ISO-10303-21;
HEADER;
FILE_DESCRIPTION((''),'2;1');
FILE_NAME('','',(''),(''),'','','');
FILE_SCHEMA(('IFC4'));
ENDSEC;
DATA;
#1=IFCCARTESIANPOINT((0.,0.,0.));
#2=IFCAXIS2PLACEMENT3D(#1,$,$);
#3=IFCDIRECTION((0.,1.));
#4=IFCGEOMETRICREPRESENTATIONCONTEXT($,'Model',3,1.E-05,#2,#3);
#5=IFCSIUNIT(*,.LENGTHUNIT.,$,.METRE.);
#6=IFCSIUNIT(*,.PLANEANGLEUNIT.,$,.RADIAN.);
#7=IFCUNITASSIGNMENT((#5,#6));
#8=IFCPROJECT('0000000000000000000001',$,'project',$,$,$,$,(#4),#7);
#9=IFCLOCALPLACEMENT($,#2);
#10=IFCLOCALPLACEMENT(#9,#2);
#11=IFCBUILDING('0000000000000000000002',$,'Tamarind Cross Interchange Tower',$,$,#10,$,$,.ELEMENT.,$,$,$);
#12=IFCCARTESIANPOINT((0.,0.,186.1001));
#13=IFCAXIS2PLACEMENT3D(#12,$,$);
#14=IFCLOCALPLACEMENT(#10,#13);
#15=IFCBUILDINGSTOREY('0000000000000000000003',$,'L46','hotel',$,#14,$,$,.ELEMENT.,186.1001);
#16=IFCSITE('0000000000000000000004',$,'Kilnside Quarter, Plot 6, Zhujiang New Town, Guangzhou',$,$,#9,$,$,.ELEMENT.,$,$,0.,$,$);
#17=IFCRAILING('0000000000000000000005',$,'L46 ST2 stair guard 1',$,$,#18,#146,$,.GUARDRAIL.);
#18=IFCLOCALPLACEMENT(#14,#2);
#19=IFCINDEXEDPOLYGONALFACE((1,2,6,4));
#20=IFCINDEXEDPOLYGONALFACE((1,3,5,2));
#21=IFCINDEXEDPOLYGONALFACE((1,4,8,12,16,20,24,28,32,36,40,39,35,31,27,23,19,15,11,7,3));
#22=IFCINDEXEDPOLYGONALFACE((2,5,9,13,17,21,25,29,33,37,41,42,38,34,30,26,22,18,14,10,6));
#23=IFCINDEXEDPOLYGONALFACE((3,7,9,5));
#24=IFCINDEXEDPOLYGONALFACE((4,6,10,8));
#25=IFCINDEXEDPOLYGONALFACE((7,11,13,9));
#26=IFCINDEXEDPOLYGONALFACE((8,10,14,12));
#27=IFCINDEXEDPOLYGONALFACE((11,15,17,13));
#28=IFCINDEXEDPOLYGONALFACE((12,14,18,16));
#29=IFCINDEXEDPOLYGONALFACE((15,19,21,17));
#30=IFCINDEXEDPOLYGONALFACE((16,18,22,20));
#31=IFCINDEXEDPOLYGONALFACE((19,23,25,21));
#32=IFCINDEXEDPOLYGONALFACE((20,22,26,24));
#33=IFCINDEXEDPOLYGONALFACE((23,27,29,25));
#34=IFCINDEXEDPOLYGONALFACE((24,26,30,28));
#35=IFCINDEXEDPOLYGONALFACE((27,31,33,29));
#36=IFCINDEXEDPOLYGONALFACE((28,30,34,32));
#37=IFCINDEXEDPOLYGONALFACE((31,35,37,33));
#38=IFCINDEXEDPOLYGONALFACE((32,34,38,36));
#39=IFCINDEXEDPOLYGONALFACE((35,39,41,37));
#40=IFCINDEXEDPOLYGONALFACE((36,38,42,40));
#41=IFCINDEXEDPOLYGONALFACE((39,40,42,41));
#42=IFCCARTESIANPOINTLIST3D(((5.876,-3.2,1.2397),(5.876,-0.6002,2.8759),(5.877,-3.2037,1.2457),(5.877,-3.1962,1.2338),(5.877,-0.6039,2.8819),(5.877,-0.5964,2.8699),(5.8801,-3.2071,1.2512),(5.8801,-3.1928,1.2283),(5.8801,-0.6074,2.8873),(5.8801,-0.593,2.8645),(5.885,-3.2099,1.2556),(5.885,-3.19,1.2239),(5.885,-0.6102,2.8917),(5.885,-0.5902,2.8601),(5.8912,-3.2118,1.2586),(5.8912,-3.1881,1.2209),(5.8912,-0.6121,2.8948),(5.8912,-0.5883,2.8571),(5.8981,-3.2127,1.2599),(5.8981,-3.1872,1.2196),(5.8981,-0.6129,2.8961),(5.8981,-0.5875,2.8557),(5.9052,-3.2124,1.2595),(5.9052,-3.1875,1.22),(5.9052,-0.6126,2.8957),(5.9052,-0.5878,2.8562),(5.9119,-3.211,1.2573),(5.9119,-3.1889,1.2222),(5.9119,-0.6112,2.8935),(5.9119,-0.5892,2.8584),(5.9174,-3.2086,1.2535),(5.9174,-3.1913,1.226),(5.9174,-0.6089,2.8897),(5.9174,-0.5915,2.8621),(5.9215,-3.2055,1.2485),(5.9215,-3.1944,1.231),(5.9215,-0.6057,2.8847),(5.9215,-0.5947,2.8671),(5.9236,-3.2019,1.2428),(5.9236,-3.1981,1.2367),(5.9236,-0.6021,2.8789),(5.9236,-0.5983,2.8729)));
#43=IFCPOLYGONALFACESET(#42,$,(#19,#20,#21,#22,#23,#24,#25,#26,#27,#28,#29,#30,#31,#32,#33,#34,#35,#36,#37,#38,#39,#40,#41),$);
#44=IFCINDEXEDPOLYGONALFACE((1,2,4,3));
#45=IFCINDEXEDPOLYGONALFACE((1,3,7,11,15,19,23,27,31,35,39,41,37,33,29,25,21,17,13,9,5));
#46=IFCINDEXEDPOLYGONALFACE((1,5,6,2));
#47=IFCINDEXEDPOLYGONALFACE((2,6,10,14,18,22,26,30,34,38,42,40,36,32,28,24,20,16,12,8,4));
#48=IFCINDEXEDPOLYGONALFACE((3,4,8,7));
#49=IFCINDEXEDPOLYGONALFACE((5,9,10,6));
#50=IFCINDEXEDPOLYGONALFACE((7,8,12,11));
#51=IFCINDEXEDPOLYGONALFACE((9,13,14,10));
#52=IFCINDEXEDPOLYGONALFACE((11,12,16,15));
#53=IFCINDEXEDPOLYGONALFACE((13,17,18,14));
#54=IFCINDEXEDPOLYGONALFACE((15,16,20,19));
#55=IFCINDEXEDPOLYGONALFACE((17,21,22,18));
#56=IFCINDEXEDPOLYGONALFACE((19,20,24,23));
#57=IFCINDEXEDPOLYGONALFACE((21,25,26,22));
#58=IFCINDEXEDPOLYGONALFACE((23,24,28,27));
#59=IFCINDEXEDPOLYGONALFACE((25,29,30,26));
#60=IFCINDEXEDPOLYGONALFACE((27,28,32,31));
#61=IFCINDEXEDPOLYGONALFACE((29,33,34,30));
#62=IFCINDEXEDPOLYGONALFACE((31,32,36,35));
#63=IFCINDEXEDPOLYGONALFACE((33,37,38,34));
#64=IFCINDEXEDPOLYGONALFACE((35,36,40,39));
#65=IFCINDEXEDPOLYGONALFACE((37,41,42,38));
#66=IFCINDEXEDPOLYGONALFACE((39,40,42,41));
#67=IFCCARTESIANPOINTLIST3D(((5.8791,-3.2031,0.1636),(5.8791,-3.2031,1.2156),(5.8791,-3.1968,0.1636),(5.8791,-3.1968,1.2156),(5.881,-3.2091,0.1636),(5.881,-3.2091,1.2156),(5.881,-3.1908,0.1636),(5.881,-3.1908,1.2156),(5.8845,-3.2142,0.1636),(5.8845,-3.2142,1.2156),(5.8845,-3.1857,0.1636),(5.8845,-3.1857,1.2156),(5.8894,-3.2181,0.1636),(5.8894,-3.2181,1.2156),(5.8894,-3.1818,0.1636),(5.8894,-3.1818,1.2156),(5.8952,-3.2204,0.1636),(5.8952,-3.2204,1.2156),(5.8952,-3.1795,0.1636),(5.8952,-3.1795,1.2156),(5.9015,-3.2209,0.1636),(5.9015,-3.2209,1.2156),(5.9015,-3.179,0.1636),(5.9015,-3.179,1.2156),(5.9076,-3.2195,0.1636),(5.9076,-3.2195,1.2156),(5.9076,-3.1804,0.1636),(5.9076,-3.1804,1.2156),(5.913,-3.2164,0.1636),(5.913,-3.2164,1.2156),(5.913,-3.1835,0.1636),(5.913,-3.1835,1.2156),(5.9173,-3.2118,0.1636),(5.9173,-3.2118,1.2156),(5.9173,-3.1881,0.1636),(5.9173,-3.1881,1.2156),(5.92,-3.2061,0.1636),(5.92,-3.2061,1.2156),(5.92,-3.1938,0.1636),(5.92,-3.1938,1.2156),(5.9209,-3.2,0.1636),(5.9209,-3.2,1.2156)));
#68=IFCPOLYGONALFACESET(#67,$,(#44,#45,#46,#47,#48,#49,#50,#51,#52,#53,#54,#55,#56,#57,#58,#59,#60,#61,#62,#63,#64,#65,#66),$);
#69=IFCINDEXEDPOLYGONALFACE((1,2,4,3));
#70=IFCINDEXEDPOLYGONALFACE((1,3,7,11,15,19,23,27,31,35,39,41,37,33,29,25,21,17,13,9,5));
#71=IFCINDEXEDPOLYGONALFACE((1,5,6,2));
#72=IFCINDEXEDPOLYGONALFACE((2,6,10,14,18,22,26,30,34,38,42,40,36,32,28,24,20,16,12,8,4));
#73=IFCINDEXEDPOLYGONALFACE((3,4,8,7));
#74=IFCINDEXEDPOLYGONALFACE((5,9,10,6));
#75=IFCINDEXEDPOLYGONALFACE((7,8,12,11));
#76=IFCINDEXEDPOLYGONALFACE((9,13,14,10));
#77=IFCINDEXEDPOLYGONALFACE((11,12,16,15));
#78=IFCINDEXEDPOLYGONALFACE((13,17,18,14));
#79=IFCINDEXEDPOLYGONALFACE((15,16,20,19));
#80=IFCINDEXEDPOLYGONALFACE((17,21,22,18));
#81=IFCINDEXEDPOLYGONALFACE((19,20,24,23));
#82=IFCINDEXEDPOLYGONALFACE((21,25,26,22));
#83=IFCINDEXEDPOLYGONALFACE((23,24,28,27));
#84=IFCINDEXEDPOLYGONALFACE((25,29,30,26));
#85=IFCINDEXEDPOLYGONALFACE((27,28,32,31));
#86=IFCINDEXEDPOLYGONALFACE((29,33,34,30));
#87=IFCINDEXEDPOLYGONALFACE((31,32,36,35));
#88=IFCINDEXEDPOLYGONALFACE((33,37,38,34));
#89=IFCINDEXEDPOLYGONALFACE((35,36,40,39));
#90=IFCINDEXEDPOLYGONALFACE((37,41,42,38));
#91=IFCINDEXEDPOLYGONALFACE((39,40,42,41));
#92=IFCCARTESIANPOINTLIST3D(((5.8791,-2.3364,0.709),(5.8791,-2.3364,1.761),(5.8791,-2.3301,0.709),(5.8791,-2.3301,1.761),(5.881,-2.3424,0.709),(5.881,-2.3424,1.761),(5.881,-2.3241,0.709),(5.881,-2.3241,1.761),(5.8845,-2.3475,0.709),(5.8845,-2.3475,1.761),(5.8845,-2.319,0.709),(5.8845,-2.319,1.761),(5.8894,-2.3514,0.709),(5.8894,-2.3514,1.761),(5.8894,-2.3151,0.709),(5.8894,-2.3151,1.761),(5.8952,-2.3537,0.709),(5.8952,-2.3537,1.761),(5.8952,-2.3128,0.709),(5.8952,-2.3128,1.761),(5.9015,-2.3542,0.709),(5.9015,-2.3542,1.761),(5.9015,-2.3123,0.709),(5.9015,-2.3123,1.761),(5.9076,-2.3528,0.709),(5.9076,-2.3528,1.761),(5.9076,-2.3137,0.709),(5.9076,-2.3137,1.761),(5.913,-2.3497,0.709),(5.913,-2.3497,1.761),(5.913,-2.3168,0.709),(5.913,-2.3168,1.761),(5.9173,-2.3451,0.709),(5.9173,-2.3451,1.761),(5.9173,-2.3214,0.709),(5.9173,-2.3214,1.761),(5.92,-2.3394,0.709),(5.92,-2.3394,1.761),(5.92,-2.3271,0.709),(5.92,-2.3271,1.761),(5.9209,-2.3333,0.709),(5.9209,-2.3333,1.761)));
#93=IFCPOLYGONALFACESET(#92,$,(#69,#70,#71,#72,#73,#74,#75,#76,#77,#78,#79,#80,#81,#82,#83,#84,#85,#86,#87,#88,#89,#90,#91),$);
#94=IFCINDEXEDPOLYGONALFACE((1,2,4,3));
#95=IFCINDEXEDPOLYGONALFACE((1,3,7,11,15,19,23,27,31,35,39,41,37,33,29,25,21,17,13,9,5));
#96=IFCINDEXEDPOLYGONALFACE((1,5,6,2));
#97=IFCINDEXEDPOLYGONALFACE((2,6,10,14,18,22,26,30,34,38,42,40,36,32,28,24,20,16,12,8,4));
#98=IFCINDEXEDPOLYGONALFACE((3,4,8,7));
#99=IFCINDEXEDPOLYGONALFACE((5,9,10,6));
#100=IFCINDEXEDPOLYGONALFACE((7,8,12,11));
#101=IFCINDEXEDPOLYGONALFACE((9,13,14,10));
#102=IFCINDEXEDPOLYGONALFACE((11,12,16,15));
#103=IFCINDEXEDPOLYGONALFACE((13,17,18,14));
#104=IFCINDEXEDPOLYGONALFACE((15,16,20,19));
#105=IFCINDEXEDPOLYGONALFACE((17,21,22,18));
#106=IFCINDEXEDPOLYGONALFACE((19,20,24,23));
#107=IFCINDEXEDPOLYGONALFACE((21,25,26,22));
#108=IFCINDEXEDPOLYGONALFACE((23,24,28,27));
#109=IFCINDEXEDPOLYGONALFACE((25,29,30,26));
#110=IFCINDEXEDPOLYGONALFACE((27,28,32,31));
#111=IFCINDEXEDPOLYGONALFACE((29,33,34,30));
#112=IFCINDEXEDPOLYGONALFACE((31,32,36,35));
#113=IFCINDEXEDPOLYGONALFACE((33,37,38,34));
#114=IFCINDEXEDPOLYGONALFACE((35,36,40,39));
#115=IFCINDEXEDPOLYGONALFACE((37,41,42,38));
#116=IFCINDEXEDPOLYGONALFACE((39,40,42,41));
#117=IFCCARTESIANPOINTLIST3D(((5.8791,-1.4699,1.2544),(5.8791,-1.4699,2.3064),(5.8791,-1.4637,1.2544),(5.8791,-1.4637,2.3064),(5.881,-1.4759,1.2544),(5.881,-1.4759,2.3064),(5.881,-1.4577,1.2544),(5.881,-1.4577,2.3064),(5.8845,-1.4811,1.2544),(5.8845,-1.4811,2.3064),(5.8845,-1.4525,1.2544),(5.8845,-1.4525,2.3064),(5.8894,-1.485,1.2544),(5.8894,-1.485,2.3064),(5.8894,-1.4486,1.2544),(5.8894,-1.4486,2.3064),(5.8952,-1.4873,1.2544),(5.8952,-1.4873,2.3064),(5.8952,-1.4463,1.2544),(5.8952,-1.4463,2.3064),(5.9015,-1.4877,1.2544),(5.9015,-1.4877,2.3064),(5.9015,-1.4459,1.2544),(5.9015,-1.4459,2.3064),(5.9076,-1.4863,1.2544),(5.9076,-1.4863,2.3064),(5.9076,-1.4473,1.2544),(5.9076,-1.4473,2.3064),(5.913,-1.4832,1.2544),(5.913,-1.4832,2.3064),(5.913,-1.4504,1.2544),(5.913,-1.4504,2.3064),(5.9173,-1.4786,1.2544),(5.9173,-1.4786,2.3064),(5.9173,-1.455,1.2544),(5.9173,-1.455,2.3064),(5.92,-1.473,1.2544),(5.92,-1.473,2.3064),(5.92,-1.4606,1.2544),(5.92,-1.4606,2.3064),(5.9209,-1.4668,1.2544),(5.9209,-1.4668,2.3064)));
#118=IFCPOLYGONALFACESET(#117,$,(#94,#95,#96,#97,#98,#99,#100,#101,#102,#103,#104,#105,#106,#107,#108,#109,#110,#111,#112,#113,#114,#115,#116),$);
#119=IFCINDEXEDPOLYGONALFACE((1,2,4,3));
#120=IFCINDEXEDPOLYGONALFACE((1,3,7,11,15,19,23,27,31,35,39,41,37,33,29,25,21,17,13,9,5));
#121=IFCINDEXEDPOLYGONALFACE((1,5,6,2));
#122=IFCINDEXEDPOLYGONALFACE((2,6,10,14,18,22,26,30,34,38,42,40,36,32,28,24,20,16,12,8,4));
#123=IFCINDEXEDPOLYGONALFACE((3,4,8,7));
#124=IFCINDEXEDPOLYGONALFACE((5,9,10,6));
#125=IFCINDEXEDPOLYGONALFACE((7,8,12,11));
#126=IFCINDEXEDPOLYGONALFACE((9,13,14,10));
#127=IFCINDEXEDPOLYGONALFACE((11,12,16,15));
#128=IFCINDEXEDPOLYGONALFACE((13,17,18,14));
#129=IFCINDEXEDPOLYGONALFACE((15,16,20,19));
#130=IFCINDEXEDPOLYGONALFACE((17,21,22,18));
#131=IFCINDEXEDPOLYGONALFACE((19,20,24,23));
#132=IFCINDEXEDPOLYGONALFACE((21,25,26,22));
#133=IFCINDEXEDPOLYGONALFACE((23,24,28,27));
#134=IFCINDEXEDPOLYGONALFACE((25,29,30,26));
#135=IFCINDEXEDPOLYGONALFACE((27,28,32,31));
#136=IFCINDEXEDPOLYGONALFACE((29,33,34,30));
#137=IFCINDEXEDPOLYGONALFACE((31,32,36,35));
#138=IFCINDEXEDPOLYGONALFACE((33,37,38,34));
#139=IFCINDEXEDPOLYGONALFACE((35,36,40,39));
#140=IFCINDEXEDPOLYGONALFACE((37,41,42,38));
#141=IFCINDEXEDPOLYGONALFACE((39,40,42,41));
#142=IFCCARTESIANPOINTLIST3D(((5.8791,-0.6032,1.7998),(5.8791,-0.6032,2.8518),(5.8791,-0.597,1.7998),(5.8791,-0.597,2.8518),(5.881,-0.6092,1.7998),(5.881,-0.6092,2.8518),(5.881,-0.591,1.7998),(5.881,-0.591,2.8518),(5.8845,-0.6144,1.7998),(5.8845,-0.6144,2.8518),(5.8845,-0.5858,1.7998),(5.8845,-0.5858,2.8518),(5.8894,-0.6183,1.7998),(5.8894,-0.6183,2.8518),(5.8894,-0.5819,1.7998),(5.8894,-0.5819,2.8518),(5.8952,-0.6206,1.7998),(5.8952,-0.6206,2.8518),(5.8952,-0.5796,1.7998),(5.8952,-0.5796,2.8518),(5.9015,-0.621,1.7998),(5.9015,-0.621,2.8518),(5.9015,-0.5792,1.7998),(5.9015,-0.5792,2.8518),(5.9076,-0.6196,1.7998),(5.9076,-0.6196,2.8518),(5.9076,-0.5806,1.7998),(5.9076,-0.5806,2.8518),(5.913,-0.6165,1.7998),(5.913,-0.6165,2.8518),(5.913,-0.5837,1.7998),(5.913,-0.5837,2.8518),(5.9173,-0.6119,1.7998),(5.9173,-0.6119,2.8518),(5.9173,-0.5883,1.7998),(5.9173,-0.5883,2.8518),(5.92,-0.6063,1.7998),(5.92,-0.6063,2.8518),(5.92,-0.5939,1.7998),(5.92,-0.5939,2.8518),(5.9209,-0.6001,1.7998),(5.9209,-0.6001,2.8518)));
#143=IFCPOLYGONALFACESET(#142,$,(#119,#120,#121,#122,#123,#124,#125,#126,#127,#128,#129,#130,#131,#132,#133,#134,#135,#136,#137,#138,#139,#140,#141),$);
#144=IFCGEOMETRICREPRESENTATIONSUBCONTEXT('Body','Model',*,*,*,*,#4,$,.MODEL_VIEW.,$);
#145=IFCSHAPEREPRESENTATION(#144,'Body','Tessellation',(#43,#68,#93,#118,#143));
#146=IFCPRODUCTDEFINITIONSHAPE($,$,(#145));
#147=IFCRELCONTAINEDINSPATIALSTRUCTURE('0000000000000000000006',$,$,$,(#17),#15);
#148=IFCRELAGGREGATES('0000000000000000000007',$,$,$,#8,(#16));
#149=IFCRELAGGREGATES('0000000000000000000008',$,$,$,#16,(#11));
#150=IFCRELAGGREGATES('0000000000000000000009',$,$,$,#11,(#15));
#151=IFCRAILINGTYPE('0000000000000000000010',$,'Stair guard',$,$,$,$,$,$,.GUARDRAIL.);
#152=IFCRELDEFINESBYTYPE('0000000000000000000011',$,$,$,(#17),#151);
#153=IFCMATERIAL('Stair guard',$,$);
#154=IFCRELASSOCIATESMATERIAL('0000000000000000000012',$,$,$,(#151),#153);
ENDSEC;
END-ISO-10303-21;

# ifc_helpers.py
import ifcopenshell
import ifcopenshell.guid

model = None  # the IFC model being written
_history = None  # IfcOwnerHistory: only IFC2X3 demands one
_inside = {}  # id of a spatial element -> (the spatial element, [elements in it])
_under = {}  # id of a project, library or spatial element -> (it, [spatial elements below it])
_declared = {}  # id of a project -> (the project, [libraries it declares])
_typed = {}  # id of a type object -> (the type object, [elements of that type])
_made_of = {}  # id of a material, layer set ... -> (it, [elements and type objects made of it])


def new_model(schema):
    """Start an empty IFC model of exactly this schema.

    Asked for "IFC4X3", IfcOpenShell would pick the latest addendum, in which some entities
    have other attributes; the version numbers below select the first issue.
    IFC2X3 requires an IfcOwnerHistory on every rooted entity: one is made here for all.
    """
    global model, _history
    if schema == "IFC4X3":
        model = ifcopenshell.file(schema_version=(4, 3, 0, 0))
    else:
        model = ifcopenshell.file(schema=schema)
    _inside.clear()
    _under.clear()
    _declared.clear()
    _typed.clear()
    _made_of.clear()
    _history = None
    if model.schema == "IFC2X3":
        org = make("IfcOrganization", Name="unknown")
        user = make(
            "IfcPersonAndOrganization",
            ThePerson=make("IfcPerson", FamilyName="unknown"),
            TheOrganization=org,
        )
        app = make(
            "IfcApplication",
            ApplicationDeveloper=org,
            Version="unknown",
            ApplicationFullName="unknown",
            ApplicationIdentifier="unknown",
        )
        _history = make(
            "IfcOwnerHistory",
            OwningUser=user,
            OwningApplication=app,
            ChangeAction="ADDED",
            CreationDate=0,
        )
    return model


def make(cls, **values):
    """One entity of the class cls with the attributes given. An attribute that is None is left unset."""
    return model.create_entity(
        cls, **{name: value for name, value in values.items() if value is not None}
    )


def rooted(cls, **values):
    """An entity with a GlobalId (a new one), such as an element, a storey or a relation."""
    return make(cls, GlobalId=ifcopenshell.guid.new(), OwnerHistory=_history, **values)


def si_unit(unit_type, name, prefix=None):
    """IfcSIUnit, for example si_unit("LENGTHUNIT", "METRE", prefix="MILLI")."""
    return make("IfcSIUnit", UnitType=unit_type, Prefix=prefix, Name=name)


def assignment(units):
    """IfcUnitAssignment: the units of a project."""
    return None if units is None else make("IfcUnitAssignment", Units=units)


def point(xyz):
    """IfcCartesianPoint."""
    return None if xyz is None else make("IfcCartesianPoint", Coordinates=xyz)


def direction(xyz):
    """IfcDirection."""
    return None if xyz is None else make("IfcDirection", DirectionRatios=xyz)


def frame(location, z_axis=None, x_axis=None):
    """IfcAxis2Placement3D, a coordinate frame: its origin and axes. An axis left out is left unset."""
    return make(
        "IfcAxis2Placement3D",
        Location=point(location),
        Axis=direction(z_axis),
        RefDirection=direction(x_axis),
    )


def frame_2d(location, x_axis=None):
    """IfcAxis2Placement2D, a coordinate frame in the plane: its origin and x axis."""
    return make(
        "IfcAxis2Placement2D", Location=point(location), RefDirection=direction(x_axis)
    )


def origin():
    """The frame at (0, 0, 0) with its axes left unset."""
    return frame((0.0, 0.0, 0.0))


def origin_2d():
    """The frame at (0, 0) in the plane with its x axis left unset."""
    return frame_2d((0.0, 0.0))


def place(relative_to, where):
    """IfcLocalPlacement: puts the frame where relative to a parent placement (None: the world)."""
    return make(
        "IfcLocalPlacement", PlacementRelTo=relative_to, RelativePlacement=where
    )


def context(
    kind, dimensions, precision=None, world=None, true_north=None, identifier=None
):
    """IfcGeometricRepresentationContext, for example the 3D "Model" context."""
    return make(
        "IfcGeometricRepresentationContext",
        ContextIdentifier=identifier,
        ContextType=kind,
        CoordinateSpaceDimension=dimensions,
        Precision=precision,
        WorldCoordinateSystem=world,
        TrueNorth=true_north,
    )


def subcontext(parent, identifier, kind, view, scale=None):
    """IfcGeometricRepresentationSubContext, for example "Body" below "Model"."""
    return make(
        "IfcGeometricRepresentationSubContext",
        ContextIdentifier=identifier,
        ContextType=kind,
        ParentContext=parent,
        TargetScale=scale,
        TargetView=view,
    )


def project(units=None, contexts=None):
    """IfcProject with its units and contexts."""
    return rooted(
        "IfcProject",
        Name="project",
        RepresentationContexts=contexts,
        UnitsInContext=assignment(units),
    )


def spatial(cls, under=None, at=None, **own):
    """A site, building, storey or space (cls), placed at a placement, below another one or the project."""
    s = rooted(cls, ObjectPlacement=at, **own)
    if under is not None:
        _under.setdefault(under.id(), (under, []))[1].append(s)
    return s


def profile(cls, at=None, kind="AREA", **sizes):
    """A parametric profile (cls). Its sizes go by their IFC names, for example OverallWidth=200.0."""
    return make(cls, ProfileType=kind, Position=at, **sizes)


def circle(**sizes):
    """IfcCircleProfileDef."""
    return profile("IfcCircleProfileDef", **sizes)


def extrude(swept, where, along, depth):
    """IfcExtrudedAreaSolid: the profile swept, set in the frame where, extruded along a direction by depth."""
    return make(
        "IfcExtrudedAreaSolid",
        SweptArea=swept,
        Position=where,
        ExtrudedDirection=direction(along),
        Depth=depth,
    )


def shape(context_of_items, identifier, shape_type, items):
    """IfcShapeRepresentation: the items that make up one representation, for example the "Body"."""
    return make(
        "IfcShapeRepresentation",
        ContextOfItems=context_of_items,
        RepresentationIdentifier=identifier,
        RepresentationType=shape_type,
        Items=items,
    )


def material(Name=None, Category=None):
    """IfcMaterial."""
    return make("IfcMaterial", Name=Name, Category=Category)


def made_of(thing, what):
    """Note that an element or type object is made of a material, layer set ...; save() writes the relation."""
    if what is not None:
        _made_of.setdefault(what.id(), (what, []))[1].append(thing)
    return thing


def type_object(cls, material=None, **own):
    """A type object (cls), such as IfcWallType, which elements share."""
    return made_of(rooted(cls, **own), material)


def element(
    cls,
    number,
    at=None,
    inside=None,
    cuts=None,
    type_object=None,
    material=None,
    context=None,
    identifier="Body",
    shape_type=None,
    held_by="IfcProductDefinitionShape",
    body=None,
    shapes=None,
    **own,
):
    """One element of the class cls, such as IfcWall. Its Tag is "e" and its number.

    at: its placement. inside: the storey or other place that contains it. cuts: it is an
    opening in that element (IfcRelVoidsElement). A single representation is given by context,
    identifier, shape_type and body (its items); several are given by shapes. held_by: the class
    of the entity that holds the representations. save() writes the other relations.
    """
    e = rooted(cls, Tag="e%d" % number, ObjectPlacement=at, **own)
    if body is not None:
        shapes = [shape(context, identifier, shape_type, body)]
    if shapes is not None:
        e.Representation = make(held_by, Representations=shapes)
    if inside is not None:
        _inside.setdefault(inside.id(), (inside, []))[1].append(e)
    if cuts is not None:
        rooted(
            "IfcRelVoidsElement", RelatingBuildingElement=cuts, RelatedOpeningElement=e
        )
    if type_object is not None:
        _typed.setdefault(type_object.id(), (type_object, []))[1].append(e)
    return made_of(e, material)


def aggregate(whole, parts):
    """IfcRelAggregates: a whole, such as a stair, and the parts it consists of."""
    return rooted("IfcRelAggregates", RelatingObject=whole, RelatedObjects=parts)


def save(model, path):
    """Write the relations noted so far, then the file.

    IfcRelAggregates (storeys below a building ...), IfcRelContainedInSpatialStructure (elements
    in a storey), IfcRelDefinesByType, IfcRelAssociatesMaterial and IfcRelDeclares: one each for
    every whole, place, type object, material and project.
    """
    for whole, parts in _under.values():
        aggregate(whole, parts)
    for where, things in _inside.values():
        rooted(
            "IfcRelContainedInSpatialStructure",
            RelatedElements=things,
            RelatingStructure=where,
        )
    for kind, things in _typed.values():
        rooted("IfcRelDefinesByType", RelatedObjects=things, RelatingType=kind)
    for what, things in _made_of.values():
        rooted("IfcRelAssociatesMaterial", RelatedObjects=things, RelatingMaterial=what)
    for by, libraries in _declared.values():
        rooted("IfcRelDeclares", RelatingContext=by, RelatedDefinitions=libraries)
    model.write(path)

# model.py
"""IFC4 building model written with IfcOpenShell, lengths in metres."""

from ifc_helpers import new_model, si_unit, direction, frame, origin, origin_2d, place, context, subcontext, project, spatial, circle, extrude, material, type_object, element, save


model = new_model("IFC4")

# Units and contexts
model_context = context("Model", 3, precision=1e-05, world=origin(), true_north=direction((0.0, 1.0)))
body_context = subcontext(model_context, "Body", "Model", "MODEL_VIEW")
ifc_project = project(units=[si_unit("LENGTHUNIT", "METRE"), si_unit("PLANEANGLEUNIT", "RADIAN")], contexts=[model_context])

# Site, building, storey
site_placement = place(None, origin())
site = spatial("IfcSite", under=ifc_project, at=site_placement, Name="Kilnside Quarter, Plot 6, Zhujiang New Town, Guangzhou", CompositionType="ELEMENT", RefElevation=0.0)
building_placement = place(site_placement, origin())
building = spatial("IfcBuilding", under=site, at=building_placement, Name="Tamarind Cross Interchange Tower", CompositionType="ELEMENT")
storey_placement = place(building_placement, frame((0.0, 0.0, 186.1001)))
storey = spatial("IfcBuildingStorey", under=building, at=storey_placement, Name="L46", Description="hotel", CompositionType="ELEMENT", Elevation=186.1001)

# Railing
ifc_material_1 = material(Name="Stair guard")
railing_type_1 = type_object("IfcRailingType", Name="Stair guard", PredefinedType="GUARDRAIL", material=ifc_material_1)
railing_1_placement = place(storey_placement, frame((5.8999, -3.2, 0.1636)))
element("IfcRailing", 1, at=railing_1_placement, inside=storey, type_object=railing_type_1, Name="L46 ST2 stair guard 1", PredefinedType="GUARDRAIL", context=body_context, shape_type="SweptSolid", body=[
    extrude(circle(Radius=0.0239, at=origin_2d()), frame((0.0, 0.0, 1.0762), z_axis=(0.0, 0.846338, 0.532647), x_axis=(-1.0, 0.0, 0.0)), (0.0, 0.0, 1.0), 3.0718),
    extrude(circle(Radius=0.021, at=origin_2d()), origin(), (0.0, 0.0, 1.0), 1.052),
    extrude(circle(Radius=0.021, at=origin_2d()), frame((0.0, 0.8667, 0.5454)), (0.0, 0.0, 1.0), 1.052),
    extrude(circle(Radius=0.021, at=origin_2d()), frame((0.0, 1.7332, 1.0908)), (0.0, 0.0, 1.0), 1.052),
    extrude(circle(Radius=0.021, at=origin_2d()), frame((0.0, 2.5999, 1.6362)), (0.0, 0.0, 1.0), 1.052),
])

save(model, "model.ifc")
